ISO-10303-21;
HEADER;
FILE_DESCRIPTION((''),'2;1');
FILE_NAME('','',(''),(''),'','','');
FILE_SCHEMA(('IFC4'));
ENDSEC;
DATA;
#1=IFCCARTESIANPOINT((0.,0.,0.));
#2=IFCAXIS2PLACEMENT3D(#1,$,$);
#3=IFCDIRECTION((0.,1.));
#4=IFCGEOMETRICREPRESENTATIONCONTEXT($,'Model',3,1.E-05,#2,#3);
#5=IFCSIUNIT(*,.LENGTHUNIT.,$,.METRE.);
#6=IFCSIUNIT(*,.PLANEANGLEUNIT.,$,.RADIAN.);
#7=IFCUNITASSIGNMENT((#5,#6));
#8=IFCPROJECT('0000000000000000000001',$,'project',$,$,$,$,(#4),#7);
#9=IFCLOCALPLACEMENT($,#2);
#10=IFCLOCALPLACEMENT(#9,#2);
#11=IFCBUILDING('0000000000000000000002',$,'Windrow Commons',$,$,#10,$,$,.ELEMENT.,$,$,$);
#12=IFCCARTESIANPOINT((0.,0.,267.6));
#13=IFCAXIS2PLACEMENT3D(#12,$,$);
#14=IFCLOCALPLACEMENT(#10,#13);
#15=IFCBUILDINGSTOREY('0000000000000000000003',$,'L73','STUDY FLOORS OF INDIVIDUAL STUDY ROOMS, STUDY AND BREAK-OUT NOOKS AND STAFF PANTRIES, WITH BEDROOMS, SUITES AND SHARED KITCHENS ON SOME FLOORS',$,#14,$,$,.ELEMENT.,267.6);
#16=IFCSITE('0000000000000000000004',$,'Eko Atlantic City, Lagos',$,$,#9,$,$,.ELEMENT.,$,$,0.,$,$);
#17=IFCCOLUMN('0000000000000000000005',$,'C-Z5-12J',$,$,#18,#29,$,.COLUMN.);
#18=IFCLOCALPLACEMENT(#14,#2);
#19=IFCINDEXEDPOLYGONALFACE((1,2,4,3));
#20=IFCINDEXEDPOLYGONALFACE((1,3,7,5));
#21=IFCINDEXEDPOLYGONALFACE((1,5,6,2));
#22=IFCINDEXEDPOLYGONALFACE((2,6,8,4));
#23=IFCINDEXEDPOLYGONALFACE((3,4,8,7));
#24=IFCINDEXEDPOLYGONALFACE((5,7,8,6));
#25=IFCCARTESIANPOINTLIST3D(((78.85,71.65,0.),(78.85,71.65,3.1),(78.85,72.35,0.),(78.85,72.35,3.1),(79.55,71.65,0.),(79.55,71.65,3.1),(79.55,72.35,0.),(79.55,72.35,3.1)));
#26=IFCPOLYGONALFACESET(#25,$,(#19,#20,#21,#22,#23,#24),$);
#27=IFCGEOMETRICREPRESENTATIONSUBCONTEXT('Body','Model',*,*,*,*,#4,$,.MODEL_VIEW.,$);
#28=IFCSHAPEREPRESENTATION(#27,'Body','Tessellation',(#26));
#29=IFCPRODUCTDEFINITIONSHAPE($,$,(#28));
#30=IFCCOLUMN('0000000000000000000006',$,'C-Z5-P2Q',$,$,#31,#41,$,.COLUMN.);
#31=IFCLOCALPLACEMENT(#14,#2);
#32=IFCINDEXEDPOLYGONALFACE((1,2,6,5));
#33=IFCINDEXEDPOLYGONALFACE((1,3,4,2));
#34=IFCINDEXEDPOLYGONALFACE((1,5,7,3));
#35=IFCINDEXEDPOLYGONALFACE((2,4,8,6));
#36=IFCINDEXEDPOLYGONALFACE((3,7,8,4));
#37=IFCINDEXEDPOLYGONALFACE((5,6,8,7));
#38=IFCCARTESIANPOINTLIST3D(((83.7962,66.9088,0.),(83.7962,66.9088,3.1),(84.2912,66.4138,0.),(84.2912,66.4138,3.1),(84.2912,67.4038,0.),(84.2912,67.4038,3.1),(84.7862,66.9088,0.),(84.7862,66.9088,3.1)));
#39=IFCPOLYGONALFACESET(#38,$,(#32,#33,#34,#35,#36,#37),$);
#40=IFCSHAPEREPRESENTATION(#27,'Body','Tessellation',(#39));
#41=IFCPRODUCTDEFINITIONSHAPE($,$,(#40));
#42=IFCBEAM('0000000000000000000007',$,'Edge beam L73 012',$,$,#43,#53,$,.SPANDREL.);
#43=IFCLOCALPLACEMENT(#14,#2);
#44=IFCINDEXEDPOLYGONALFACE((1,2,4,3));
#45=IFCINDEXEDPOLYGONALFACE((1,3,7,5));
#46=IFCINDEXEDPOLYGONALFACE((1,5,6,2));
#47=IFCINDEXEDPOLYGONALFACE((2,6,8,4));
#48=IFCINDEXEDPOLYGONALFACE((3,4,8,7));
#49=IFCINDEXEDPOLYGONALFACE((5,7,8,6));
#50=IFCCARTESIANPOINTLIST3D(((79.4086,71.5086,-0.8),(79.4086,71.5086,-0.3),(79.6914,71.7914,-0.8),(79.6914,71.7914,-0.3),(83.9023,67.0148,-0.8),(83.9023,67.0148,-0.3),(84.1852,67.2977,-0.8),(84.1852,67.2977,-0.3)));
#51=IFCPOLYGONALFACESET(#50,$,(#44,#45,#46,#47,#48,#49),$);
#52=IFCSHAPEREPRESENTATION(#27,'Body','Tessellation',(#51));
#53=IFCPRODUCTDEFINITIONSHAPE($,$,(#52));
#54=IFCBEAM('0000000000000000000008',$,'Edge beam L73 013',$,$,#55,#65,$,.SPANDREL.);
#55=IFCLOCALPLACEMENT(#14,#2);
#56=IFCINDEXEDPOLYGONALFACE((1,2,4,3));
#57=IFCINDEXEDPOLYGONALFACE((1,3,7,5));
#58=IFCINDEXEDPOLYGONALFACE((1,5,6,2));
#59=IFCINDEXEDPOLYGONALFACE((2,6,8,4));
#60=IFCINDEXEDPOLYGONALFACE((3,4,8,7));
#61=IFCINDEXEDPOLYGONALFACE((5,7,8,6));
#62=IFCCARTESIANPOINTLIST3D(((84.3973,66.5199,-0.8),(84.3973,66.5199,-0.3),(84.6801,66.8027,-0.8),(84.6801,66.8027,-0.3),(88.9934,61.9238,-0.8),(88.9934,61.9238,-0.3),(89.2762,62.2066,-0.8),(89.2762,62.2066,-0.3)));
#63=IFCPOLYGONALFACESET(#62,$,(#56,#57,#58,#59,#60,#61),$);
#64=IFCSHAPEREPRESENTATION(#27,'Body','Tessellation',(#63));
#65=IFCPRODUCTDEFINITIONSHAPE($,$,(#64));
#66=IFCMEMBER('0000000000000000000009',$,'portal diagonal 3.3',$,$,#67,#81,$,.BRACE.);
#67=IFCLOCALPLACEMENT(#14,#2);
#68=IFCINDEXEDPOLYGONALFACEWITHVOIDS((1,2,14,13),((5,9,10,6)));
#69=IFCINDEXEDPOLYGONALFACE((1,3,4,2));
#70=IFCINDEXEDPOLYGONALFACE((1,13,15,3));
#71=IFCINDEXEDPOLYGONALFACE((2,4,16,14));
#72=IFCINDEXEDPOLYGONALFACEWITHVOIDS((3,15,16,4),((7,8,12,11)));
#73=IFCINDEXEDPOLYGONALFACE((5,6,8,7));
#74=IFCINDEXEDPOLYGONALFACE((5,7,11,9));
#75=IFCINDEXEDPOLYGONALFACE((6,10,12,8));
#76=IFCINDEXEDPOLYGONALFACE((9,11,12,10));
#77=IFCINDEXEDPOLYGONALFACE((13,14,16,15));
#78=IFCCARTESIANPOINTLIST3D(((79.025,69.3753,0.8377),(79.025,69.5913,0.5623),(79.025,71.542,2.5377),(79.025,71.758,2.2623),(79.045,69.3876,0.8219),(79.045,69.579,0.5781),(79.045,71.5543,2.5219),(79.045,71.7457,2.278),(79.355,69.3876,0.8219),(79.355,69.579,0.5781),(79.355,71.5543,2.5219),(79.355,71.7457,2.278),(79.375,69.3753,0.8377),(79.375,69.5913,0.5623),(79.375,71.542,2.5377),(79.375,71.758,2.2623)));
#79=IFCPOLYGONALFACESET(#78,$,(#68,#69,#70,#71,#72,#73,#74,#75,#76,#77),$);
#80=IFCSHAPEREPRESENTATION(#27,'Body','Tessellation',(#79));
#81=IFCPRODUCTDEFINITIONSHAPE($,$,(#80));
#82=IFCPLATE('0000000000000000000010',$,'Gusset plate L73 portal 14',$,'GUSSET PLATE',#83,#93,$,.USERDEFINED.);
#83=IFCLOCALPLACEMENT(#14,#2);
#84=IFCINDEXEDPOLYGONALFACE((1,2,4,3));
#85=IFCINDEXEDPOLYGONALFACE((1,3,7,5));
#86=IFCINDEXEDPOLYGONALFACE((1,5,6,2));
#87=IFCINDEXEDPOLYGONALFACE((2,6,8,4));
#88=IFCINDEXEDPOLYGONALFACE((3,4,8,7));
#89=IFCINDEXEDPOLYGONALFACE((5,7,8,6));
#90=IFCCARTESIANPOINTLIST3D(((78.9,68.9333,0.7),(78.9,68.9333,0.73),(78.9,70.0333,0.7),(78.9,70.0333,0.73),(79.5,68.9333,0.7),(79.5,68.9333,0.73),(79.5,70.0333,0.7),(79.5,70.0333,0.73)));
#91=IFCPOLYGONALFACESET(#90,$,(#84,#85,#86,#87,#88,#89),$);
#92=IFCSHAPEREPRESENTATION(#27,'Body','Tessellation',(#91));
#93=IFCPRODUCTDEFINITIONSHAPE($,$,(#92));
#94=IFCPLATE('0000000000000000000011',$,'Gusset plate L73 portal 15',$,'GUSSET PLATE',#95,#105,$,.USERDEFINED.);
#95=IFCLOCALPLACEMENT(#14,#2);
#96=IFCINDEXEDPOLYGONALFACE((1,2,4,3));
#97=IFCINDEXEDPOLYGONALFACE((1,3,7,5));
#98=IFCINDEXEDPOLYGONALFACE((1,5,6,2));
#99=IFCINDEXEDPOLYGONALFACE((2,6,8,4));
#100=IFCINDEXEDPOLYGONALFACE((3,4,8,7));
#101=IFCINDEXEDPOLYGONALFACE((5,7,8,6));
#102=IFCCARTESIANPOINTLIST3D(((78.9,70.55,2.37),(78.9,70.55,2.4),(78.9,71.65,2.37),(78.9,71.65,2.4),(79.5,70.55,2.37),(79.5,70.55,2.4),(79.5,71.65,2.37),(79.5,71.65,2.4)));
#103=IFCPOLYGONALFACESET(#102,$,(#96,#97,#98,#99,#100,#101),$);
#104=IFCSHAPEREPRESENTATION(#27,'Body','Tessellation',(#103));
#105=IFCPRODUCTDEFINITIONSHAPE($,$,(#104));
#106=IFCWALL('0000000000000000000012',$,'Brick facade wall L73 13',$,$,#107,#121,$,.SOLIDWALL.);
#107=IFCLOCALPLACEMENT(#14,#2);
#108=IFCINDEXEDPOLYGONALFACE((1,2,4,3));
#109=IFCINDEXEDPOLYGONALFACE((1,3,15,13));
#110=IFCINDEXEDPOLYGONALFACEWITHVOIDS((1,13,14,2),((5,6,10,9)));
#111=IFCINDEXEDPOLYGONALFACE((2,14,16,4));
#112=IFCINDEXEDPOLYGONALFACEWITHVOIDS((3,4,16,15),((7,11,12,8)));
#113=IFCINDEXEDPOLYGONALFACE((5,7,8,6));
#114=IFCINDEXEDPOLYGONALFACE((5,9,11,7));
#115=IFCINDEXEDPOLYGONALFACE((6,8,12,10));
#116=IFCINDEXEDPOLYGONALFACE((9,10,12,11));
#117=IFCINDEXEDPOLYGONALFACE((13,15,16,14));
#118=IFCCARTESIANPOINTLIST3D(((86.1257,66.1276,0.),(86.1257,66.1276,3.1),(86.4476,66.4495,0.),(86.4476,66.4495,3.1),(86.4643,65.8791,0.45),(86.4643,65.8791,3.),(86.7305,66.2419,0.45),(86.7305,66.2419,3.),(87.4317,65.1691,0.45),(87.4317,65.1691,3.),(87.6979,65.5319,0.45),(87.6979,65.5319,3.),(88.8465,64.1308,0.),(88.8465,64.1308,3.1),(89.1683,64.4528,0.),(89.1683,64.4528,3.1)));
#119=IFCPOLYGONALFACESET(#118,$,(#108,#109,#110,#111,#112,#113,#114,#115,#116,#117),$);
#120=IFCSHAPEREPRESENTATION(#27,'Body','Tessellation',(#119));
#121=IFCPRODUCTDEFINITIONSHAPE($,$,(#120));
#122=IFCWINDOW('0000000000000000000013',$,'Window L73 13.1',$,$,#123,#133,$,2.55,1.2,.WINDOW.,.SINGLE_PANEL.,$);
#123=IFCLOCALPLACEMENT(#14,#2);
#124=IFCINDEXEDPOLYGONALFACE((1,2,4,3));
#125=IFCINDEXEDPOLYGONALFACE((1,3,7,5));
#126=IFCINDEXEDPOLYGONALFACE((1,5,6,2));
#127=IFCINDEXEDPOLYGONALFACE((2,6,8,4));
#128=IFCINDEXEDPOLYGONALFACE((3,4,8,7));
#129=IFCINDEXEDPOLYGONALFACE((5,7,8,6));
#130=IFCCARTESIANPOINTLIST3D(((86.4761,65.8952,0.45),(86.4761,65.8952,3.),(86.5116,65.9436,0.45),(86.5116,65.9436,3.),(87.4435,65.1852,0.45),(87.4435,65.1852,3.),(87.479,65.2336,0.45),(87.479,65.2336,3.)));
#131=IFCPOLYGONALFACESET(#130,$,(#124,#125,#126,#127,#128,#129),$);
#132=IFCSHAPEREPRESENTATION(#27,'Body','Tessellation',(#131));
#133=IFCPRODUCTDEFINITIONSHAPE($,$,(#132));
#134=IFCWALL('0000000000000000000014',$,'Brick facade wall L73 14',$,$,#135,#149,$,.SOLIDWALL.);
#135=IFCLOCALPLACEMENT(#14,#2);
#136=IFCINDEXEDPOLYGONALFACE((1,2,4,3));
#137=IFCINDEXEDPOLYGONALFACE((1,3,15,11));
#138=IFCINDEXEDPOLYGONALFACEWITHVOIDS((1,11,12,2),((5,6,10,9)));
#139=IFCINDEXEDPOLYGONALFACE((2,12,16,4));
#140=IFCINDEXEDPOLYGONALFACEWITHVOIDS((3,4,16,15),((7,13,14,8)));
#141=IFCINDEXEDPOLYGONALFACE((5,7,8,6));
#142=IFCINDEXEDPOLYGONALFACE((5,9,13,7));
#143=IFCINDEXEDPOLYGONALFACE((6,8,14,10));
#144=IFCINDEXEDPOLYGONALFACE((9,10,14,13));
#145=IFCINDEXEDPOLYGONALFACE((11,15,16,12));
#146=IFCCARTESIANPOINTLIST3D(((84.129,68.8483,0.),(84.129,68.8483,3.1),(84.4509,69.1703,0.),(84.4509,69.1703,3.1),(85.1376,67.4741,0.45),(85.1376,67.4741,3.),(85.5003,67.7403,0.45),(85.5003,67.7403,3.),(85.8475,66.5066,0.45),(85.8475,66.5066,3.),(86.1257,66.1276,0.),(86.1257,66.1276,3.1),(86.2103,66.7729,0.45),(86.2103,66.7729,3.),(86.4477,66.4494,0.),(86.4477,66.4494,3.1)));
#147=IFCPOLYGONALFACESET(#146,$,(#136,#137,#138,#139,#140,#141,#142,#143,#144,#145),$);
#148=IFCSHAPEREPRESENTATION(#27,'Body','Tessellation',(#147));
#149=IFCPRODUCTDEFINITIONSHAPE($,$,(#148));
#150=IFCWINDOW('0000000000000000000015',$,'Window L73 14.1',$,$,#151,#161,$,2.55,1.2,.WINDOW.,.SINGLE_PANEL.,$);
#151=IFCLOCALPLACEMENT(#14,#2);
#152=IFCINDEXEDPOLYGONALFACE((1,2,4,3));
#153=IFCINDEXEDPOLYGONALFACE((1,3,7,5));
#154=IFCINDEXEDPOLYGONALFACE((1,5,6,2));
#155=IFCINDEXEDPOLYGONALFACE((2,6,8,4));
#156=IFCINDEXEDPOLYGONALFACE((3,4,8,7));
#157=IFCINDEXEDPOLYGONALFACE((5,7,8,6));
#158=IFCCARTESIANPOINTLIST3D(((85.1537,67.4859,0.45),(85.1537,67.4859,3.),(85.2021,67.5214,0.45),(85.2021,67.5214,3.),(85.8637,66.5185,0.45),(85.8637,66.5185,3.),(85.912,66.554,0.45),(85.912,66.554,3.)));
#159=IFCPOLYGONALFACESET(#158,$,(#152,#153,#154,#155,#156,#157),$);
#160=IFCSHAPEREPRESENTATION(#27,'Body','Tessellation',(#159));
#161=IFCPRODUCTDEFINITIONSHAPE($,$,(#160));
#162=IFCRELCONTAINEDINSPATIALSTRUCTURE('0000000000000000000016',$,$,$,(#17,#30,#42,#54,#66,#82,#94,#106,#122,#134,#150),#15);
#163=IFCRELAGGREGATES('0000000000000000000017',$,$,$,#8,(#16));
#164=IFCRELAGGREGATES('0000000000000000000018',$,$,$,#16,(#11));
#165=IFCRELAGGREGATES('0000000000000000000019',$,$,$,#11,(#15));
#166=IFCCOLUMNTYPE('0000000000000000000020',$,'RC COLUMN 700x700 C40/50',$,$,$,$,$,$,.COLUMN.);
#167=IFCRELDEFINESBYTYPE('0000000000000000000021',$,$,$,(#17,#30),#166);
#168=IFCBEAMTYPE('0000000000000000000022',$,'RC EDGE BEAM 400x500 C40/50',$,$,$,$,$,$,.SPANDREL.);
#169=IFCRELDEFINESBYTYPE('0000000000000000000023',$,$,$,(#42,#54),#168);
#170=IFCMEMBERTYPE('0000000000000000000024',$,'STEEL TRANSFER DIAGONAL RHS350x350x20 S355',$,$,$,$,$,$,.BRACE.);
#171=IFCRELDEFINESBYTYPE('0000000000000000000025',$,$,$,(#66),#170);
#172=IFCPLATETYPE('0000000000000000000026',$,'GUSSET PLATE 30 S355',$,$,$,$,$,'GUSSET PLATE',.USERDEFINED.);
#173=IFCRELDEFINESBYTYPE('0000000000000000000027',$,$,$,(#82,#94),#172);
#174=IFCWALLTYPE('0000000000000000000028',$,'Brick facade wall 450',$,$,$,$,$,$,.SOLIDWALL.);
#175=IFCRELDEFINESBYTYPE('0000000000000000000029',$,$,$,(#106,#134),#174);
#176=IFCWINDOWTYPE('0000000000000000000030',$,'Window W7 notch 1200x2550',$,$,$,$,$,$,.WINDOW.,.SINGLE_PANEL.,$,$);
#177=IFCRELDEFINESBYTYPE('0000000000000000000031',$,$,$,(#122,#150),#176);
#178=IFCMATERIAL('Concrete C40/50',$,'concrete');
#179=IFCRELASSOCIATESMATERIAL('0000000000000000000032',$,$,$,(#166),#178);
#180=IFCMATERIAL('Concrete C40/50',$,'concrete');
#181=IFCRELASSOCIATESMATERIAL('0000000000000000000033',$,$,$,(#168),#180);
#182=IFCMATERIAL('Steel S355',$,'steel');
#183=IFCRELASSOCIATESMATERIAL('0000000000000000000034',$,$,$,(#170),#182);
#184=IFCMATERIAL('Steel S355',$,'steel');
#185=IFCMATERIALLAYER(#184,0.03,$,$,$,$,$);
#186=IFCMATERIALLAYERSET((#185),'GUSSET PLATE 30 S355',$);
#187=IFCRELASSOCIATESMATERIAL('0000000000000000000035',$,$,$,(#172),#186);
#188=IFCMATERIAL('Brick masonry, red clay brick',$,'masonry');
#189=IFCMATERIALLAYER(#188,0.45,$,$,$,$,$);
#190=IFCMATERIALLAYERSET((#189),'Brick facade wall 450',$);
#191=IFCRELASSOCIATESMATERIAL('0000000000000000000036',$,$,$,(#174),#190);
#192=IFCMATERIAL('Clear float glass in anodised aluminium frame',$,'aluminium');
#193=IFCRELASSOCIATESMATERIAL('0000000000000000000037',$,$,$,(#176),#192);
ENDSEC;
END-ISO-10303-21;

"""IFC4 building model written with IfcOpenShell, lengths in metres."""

from ifc_helpers import new_model, si_unit, direction, frame, frame_2d, origin, origin_2d, place, context, subcontext, project, spatial, polyline, rectangle, hollow_rectangle, outline, extrude, material, layer, layer_set, material_profile, profile_set, type_object, element, fill, save


model = new_model("IFC4")

# Units and contexts
model_context = context("Model", 3, precision=1e-05, world=origin(), true_north=direction((0.0, 1.0)))
body_context = subcontext(model_context, "Body", "Model", "MODEL_VIEW")
ifc_project = project(units=[si_unit("LENGTHUNIT", "METRE"), si_unit("PLANEANGLEUNIT", "RADIAN")], contexts=[model_context])

# Site, building, storey
site_placement = place(None, origin())
site = spatial("IfcSite", under=ifc_project, at=site_placement, Name="Eko Atlantic City, Lagos", CompositionType="ELEMENT", RefElevation=0.0)
building_placement = place(site_placement, origin())
building = spatial("IfcBuilding", under=site, at=building_placement, Name="Windrow Commons", CompositionType="ELEMENT")
storey_placement = place(building_placement, frame((0.0, 0.0, 267.6)))
storey = spatial("IfcBuildingStorey", under=building, at=storey_placement, Name="L73", Description="STUDY FLOORS OF INDIVIDUAL STUDY ROOMS, STUDY AND BREAK-OUT NOOKS AND STAFF PANTRIES, WITH BEDROOMS, SUITES AND SHARED KITCHENS ON SOME FLOORS", CompositionType="ELEMENT", Elevation=267.6)

# Columns
ifc_material_1 = material(Name="Concrete C40/50", Category="concrete")
ifc_material_profile_1 = material_profile(ifc_material_1, rectangle(XDim=0.7, YDim=0.7, at=origin_2d()))
ifc_profile_set_1 = profile_set([ifc_material_profile_1], Name="Concrete C40/50")
column_type = type_object("IfcColumnType", Name="RC COLUMN 700x700 C40/50", PredefinedType="COLUMN", material=ifc_profile_set_1)
for number, where, z_axis, x_axis, name in (
    (1, (79.2, 72.0, 0.0), (0.0, 0.0, 1.0), (1.0, 0.0, 0.0), "C-Z5-12J"),
    (2, (84.2912, 66.9088, 0.0), (0.0, 0.0, 1.0), (0.707107, -0.707107, 0.0), "C-Z5-P2Q"),
):
    element("IfcColumn", number, at=place(storey_placement, frame(where, z_axis=z_axis, x_axis=x_axis)), inside=storey, type_object=column_type, Name=name, PredefinedType="COLUMN", context=body_context, shape_type="SweptSolid", body=[
        extrude(rectangle(XDim=0.7, YDim=0.7, at=origin_2d()), origin(), (0.0, 0.0, 1.0), 3.1),
    ])

# Beams
ifc_material_2 = material(Name="Concrete C40/50", Category="concrete")
ifc_material_profile_2 = material_profile(ifc_material_2, rectangle(XDim=0.4, YDim=0.5, at=origin_2d()))
ifc_profile_set_2 = profile_set([ifc_material_profile_2], Name="Concrete C40/50")
beam_type = type_object("IfcBeamType", Name="RC EDGE BEAM 400x500 C40/50", PredefinedType="SPANDREL", material=ifc_profile_set_2)
beam_1_placement = place(storey_placement, frame((79.55, 71.65, -0.55), z_axis=(0.707107, -0.707107, 0.0), x_axis=(0.707107, 0.707107, 0.0)))
element("IfcBeam", 3, at=beam_1_placement, inside=storey, type_object=beam_type, Name="Edge beam L73 012", PredefinedType="SPANDREL", context=body_context, shape_type="SweptSolid", body=[
    extrude(rectangle(XDim=0.4, YDim=0.5, at=origin_2d()), origin(), (0.0, 0.0, 1.0), 6.3551),
])
beam_2_placement = place(storey_placement, frame((84.5387, 66.6613, -0.55), z_axis=(0.707107, -0.707107, 0.0), x_axis=(0.707107, 0.707107, 0.0)))
element("IfcBeam", 4, at=beam_2_placement, inside=storey, type_object=beam_type, Name="Edge beam L73 013", PredefinedType="SPANDREL", context=body_context, shape_type="SweptSolid", body=[
    extrude(rectangle(XDim=0.4, YDim=0.5, at=origin_2d()), origin(), (0.0, 0.0, 1.0), 6.4999),
])

# Member
ifc_material_3 = material(Name="Steel S355", Category="steel")
ifc_material_profile_3 = material_profile(ifc_material_3, hollow_rectangle(XDim=0.35, YDim=0.35, WallThickness=0.02, at=origin_2d()))
ifc_profile_set_3 = profile_set([ifc_material_profile_3], Name="Steel S355")
member_type = type_object("IfcMemberType", Name="STEEL TRANSFER DIAGONAL RHS350x350x20 S355", PredefinedType="BRACE", material=ifc_profile_set_3)
member_placement = place(storey_placement, frame((79.2, 69.4833, 0.7), z_axis=(0.0, 0.786743, 0.617281), x_axis=(-1.0, 0.0, 0.0)))
element("IfcMember", 5, at=member_placement, inside=storey, type_object=member_type, Name="portal diagonal 3.3", PredefinedType="BRACE", context=body_context, shape_type="SweptSolid", body=[
    extrude(hollow_rectangle(XDim=0.35, YDim=0.35, WallThickness=0.02, at=origin_2d()), origin(), (0.0, 0.0, 1.0), 2.754),
])

# Plates
ifc_material_4 = material(Name="Steel S355", Category="steel")
ifc_layer_1 = layer(ifc_material_4, 0.03)
ifc_layer_set_1 = layer_set([ifc_layer_1], Name="GUSSET PLATE 30 S355")
plate_type = type_object("IfcPlateType", Name="GUSSET PLATE 30 S355", ElementType="GUSSET PLATE", PredefinedType="USERDEFINED", material=ifc_layer_set_1)
for number, where, z_axis, x_axis, name in (
    (6, (79.2, 69.4833, 0.7), (0.0, 0.0, 1.0), (0.0, 1.0, 0.0), "Gusset plate L73 portal 14"),
    (7, (79.2, 71.1, 2.37), (0.0, 0.0, 1.0), (0.0, 1.0, 0.0), "Gusset plate L73 portal 15"),
):
    element("IfcPlate", number, at=place(storey_placement, frame(where, z_axis=z_axis, x_axis=x_axis)), inside=storey, type_object=plate_type, Name=name, ObjectType="GUSSET PLATE", PredefinedType="USERDEFINED", context=body_context, shape_type="SweptSolid", body=[
        extrude(rectangle(XDim=1.1, YDim=0.6, at=origin_2d()), origin(), (0.0, 0.0, 1.0), 0.03),
    ])

# Walls, openings, windows
ifc_material_5 = material(Name="Brick masonry, red clay brick", Category="masonry")
ifc_layer_2 = layer(ifc_material_5, 0.45)
ifc_layer_set_2 = layer_set([ifc_layer_2], Name="Brick facade wall 450")
wall_type_1 = type_object("IfcWallType", Name="Brick facade wall 450", PredefinedType="SOLIDWALL", material=ifc_layer_set_2)
wall_1_placement = place(storey_placement, frame((89.0074, 64.2918, 0.0), z_axis=(0.0, 0.0, 1.0), x_axis=(-0.80619, 0.591657, 0.0)))
wall_1 = element("IfcWall", 8, at=wall_1_placement, inside=storey, type_object=wall_type_1, Name="Brick facade wall L73 13", PredefinedType="SOLIDWALL", context=body_context, shape_type="SweptSolid", body=[
    extrude(outline(polyline([(-0.0345, -0.225), (3.3403, -0.225), (3.4094, 0.225), (0.0345, 0.225), (-0.0345, -0.225)])), origin(), (0.0, 0.0, 1.0), 3.1),
])
opening_1_placement = place(wall_1_placement, frame((1.7894, 0.0, 0.45)))
opening_1 = element("IfcOpeningElement", 9, at=opening_1_placement, cuts=wall_1, PredefinedType="OPENING", context=body_context, shape_type="SweptSolid", body=[
    extrude(rectangle(XDim=1.2, YDim=2.55, at=frame_2d((0.6, 1.275))), frame((0.0, 0.235, 0.0), z_axis=(0.0, -1.0, 0.0), x_axis=(1.0, 0.0, 0.0)), (0.0, 0.0, 1.0), 0.47),
])
ifc_material_6 = material(Name="Clear float glass in anodised aluminium frame", Category="aluminium")
window_type = type_object("IfcWindowType", Name="Window W7 notch 1200x2550", PartitioningType="SINGLE_PANEL", PredefinedType="WINDOW", material=ifc_material_6)
window_1_placement = place(opening_1_placement, origin())
window_1 = element("IfcWindow", 10, at=window_1_placement, inside=storey, type_object=window_type, Name="Window L73 13.1", OverallHeight=2.55, OverallWidth=1.2, PartitioningType="SINGLE_PANEL", PredefinedType="WINDOW", context=body_context, shape_type="SweptSolid", body=[
    extrude(rectangle(XDim=1.2, YDim=2.55, at=frame_2d((0.6, 1.275))), frame((0.0, 0.205, 0.0), z_axis=(0.0, -1.0, 0.0), x_axis=(1.0, 0.0, 0.0)), (0.0, 0.0, 1.0), 0.06),
])
fill(opening_1, window_1)
wall_2_placement = place(storey_placement, frame((86.2867, 66.2885, 0.0), z_axis=(0.0, 0.0, 1.0), x_axis=(-0.591642, 0.806201, 0.0)))
wall_2 = element("IfcWall", 11, at=wall_2_placement, inside=storey, type_object=wall_type_1, Name="Brick facade wall L73 14", PredefinedType="SOLIDWALL", context=body_context, shape_type="SweptSolid", body=[
    extrude(outline(polyline([(0.0345, -0.225), (3.4094, -0.225), (3.3403, 0.225), (-0.0345, 0.225), (0.0345, -0.225)])), origin(), (0.0, 0.0, 1.0), 3.1),
])
opening_2_placement = place(wall_2_placement, frame((0.4357, 0.0, 0.45)))
opening_2 = element("IfcOpeningElement", 12, at=opening_2_placement, cuts=wall_2, PredefinedType="OPENING", context=body_context, shape_type="SweptSolid", body=[
    extrude(rectangle(XDim=1.2, YDim=2.55, at=frame_2d((0.6, 1.275))), frame((0.0, 0.235, 0.0), z_axis=(0.0, -1.0, 0.0), x_axis=(1.0, 0.0, 0.0)), (0.0, 0.0, 1.0), 0.47),
])
window_2_placement = place(opening_2_placement, origin())
window_2 = element("IfcWindow", 13, at=window_2_placement, inside=storey, type_object=window_type, Name="Window L73 14.1", OverallHeight=2.55, OverallWidth=1.2, PartitioningType="SINGLE_PANEL", PredefinedType="WINDOW", context=body_context, shape_type="SweptSolid", body=[
    extrude(rectangle(XDim=1.2, YDim=2.55, at=frame_2d((0.6, 1.275))), frame((0.0, 0.205, 0.0), z_axis=(0.0, -1.0, 0.0), x_axis=(1.0, 0.0, 0.0)), (0.0, 0.0, 1.0), 0.06),
])
fill(opening_2, window_2)

save(model, "model.ifc")
